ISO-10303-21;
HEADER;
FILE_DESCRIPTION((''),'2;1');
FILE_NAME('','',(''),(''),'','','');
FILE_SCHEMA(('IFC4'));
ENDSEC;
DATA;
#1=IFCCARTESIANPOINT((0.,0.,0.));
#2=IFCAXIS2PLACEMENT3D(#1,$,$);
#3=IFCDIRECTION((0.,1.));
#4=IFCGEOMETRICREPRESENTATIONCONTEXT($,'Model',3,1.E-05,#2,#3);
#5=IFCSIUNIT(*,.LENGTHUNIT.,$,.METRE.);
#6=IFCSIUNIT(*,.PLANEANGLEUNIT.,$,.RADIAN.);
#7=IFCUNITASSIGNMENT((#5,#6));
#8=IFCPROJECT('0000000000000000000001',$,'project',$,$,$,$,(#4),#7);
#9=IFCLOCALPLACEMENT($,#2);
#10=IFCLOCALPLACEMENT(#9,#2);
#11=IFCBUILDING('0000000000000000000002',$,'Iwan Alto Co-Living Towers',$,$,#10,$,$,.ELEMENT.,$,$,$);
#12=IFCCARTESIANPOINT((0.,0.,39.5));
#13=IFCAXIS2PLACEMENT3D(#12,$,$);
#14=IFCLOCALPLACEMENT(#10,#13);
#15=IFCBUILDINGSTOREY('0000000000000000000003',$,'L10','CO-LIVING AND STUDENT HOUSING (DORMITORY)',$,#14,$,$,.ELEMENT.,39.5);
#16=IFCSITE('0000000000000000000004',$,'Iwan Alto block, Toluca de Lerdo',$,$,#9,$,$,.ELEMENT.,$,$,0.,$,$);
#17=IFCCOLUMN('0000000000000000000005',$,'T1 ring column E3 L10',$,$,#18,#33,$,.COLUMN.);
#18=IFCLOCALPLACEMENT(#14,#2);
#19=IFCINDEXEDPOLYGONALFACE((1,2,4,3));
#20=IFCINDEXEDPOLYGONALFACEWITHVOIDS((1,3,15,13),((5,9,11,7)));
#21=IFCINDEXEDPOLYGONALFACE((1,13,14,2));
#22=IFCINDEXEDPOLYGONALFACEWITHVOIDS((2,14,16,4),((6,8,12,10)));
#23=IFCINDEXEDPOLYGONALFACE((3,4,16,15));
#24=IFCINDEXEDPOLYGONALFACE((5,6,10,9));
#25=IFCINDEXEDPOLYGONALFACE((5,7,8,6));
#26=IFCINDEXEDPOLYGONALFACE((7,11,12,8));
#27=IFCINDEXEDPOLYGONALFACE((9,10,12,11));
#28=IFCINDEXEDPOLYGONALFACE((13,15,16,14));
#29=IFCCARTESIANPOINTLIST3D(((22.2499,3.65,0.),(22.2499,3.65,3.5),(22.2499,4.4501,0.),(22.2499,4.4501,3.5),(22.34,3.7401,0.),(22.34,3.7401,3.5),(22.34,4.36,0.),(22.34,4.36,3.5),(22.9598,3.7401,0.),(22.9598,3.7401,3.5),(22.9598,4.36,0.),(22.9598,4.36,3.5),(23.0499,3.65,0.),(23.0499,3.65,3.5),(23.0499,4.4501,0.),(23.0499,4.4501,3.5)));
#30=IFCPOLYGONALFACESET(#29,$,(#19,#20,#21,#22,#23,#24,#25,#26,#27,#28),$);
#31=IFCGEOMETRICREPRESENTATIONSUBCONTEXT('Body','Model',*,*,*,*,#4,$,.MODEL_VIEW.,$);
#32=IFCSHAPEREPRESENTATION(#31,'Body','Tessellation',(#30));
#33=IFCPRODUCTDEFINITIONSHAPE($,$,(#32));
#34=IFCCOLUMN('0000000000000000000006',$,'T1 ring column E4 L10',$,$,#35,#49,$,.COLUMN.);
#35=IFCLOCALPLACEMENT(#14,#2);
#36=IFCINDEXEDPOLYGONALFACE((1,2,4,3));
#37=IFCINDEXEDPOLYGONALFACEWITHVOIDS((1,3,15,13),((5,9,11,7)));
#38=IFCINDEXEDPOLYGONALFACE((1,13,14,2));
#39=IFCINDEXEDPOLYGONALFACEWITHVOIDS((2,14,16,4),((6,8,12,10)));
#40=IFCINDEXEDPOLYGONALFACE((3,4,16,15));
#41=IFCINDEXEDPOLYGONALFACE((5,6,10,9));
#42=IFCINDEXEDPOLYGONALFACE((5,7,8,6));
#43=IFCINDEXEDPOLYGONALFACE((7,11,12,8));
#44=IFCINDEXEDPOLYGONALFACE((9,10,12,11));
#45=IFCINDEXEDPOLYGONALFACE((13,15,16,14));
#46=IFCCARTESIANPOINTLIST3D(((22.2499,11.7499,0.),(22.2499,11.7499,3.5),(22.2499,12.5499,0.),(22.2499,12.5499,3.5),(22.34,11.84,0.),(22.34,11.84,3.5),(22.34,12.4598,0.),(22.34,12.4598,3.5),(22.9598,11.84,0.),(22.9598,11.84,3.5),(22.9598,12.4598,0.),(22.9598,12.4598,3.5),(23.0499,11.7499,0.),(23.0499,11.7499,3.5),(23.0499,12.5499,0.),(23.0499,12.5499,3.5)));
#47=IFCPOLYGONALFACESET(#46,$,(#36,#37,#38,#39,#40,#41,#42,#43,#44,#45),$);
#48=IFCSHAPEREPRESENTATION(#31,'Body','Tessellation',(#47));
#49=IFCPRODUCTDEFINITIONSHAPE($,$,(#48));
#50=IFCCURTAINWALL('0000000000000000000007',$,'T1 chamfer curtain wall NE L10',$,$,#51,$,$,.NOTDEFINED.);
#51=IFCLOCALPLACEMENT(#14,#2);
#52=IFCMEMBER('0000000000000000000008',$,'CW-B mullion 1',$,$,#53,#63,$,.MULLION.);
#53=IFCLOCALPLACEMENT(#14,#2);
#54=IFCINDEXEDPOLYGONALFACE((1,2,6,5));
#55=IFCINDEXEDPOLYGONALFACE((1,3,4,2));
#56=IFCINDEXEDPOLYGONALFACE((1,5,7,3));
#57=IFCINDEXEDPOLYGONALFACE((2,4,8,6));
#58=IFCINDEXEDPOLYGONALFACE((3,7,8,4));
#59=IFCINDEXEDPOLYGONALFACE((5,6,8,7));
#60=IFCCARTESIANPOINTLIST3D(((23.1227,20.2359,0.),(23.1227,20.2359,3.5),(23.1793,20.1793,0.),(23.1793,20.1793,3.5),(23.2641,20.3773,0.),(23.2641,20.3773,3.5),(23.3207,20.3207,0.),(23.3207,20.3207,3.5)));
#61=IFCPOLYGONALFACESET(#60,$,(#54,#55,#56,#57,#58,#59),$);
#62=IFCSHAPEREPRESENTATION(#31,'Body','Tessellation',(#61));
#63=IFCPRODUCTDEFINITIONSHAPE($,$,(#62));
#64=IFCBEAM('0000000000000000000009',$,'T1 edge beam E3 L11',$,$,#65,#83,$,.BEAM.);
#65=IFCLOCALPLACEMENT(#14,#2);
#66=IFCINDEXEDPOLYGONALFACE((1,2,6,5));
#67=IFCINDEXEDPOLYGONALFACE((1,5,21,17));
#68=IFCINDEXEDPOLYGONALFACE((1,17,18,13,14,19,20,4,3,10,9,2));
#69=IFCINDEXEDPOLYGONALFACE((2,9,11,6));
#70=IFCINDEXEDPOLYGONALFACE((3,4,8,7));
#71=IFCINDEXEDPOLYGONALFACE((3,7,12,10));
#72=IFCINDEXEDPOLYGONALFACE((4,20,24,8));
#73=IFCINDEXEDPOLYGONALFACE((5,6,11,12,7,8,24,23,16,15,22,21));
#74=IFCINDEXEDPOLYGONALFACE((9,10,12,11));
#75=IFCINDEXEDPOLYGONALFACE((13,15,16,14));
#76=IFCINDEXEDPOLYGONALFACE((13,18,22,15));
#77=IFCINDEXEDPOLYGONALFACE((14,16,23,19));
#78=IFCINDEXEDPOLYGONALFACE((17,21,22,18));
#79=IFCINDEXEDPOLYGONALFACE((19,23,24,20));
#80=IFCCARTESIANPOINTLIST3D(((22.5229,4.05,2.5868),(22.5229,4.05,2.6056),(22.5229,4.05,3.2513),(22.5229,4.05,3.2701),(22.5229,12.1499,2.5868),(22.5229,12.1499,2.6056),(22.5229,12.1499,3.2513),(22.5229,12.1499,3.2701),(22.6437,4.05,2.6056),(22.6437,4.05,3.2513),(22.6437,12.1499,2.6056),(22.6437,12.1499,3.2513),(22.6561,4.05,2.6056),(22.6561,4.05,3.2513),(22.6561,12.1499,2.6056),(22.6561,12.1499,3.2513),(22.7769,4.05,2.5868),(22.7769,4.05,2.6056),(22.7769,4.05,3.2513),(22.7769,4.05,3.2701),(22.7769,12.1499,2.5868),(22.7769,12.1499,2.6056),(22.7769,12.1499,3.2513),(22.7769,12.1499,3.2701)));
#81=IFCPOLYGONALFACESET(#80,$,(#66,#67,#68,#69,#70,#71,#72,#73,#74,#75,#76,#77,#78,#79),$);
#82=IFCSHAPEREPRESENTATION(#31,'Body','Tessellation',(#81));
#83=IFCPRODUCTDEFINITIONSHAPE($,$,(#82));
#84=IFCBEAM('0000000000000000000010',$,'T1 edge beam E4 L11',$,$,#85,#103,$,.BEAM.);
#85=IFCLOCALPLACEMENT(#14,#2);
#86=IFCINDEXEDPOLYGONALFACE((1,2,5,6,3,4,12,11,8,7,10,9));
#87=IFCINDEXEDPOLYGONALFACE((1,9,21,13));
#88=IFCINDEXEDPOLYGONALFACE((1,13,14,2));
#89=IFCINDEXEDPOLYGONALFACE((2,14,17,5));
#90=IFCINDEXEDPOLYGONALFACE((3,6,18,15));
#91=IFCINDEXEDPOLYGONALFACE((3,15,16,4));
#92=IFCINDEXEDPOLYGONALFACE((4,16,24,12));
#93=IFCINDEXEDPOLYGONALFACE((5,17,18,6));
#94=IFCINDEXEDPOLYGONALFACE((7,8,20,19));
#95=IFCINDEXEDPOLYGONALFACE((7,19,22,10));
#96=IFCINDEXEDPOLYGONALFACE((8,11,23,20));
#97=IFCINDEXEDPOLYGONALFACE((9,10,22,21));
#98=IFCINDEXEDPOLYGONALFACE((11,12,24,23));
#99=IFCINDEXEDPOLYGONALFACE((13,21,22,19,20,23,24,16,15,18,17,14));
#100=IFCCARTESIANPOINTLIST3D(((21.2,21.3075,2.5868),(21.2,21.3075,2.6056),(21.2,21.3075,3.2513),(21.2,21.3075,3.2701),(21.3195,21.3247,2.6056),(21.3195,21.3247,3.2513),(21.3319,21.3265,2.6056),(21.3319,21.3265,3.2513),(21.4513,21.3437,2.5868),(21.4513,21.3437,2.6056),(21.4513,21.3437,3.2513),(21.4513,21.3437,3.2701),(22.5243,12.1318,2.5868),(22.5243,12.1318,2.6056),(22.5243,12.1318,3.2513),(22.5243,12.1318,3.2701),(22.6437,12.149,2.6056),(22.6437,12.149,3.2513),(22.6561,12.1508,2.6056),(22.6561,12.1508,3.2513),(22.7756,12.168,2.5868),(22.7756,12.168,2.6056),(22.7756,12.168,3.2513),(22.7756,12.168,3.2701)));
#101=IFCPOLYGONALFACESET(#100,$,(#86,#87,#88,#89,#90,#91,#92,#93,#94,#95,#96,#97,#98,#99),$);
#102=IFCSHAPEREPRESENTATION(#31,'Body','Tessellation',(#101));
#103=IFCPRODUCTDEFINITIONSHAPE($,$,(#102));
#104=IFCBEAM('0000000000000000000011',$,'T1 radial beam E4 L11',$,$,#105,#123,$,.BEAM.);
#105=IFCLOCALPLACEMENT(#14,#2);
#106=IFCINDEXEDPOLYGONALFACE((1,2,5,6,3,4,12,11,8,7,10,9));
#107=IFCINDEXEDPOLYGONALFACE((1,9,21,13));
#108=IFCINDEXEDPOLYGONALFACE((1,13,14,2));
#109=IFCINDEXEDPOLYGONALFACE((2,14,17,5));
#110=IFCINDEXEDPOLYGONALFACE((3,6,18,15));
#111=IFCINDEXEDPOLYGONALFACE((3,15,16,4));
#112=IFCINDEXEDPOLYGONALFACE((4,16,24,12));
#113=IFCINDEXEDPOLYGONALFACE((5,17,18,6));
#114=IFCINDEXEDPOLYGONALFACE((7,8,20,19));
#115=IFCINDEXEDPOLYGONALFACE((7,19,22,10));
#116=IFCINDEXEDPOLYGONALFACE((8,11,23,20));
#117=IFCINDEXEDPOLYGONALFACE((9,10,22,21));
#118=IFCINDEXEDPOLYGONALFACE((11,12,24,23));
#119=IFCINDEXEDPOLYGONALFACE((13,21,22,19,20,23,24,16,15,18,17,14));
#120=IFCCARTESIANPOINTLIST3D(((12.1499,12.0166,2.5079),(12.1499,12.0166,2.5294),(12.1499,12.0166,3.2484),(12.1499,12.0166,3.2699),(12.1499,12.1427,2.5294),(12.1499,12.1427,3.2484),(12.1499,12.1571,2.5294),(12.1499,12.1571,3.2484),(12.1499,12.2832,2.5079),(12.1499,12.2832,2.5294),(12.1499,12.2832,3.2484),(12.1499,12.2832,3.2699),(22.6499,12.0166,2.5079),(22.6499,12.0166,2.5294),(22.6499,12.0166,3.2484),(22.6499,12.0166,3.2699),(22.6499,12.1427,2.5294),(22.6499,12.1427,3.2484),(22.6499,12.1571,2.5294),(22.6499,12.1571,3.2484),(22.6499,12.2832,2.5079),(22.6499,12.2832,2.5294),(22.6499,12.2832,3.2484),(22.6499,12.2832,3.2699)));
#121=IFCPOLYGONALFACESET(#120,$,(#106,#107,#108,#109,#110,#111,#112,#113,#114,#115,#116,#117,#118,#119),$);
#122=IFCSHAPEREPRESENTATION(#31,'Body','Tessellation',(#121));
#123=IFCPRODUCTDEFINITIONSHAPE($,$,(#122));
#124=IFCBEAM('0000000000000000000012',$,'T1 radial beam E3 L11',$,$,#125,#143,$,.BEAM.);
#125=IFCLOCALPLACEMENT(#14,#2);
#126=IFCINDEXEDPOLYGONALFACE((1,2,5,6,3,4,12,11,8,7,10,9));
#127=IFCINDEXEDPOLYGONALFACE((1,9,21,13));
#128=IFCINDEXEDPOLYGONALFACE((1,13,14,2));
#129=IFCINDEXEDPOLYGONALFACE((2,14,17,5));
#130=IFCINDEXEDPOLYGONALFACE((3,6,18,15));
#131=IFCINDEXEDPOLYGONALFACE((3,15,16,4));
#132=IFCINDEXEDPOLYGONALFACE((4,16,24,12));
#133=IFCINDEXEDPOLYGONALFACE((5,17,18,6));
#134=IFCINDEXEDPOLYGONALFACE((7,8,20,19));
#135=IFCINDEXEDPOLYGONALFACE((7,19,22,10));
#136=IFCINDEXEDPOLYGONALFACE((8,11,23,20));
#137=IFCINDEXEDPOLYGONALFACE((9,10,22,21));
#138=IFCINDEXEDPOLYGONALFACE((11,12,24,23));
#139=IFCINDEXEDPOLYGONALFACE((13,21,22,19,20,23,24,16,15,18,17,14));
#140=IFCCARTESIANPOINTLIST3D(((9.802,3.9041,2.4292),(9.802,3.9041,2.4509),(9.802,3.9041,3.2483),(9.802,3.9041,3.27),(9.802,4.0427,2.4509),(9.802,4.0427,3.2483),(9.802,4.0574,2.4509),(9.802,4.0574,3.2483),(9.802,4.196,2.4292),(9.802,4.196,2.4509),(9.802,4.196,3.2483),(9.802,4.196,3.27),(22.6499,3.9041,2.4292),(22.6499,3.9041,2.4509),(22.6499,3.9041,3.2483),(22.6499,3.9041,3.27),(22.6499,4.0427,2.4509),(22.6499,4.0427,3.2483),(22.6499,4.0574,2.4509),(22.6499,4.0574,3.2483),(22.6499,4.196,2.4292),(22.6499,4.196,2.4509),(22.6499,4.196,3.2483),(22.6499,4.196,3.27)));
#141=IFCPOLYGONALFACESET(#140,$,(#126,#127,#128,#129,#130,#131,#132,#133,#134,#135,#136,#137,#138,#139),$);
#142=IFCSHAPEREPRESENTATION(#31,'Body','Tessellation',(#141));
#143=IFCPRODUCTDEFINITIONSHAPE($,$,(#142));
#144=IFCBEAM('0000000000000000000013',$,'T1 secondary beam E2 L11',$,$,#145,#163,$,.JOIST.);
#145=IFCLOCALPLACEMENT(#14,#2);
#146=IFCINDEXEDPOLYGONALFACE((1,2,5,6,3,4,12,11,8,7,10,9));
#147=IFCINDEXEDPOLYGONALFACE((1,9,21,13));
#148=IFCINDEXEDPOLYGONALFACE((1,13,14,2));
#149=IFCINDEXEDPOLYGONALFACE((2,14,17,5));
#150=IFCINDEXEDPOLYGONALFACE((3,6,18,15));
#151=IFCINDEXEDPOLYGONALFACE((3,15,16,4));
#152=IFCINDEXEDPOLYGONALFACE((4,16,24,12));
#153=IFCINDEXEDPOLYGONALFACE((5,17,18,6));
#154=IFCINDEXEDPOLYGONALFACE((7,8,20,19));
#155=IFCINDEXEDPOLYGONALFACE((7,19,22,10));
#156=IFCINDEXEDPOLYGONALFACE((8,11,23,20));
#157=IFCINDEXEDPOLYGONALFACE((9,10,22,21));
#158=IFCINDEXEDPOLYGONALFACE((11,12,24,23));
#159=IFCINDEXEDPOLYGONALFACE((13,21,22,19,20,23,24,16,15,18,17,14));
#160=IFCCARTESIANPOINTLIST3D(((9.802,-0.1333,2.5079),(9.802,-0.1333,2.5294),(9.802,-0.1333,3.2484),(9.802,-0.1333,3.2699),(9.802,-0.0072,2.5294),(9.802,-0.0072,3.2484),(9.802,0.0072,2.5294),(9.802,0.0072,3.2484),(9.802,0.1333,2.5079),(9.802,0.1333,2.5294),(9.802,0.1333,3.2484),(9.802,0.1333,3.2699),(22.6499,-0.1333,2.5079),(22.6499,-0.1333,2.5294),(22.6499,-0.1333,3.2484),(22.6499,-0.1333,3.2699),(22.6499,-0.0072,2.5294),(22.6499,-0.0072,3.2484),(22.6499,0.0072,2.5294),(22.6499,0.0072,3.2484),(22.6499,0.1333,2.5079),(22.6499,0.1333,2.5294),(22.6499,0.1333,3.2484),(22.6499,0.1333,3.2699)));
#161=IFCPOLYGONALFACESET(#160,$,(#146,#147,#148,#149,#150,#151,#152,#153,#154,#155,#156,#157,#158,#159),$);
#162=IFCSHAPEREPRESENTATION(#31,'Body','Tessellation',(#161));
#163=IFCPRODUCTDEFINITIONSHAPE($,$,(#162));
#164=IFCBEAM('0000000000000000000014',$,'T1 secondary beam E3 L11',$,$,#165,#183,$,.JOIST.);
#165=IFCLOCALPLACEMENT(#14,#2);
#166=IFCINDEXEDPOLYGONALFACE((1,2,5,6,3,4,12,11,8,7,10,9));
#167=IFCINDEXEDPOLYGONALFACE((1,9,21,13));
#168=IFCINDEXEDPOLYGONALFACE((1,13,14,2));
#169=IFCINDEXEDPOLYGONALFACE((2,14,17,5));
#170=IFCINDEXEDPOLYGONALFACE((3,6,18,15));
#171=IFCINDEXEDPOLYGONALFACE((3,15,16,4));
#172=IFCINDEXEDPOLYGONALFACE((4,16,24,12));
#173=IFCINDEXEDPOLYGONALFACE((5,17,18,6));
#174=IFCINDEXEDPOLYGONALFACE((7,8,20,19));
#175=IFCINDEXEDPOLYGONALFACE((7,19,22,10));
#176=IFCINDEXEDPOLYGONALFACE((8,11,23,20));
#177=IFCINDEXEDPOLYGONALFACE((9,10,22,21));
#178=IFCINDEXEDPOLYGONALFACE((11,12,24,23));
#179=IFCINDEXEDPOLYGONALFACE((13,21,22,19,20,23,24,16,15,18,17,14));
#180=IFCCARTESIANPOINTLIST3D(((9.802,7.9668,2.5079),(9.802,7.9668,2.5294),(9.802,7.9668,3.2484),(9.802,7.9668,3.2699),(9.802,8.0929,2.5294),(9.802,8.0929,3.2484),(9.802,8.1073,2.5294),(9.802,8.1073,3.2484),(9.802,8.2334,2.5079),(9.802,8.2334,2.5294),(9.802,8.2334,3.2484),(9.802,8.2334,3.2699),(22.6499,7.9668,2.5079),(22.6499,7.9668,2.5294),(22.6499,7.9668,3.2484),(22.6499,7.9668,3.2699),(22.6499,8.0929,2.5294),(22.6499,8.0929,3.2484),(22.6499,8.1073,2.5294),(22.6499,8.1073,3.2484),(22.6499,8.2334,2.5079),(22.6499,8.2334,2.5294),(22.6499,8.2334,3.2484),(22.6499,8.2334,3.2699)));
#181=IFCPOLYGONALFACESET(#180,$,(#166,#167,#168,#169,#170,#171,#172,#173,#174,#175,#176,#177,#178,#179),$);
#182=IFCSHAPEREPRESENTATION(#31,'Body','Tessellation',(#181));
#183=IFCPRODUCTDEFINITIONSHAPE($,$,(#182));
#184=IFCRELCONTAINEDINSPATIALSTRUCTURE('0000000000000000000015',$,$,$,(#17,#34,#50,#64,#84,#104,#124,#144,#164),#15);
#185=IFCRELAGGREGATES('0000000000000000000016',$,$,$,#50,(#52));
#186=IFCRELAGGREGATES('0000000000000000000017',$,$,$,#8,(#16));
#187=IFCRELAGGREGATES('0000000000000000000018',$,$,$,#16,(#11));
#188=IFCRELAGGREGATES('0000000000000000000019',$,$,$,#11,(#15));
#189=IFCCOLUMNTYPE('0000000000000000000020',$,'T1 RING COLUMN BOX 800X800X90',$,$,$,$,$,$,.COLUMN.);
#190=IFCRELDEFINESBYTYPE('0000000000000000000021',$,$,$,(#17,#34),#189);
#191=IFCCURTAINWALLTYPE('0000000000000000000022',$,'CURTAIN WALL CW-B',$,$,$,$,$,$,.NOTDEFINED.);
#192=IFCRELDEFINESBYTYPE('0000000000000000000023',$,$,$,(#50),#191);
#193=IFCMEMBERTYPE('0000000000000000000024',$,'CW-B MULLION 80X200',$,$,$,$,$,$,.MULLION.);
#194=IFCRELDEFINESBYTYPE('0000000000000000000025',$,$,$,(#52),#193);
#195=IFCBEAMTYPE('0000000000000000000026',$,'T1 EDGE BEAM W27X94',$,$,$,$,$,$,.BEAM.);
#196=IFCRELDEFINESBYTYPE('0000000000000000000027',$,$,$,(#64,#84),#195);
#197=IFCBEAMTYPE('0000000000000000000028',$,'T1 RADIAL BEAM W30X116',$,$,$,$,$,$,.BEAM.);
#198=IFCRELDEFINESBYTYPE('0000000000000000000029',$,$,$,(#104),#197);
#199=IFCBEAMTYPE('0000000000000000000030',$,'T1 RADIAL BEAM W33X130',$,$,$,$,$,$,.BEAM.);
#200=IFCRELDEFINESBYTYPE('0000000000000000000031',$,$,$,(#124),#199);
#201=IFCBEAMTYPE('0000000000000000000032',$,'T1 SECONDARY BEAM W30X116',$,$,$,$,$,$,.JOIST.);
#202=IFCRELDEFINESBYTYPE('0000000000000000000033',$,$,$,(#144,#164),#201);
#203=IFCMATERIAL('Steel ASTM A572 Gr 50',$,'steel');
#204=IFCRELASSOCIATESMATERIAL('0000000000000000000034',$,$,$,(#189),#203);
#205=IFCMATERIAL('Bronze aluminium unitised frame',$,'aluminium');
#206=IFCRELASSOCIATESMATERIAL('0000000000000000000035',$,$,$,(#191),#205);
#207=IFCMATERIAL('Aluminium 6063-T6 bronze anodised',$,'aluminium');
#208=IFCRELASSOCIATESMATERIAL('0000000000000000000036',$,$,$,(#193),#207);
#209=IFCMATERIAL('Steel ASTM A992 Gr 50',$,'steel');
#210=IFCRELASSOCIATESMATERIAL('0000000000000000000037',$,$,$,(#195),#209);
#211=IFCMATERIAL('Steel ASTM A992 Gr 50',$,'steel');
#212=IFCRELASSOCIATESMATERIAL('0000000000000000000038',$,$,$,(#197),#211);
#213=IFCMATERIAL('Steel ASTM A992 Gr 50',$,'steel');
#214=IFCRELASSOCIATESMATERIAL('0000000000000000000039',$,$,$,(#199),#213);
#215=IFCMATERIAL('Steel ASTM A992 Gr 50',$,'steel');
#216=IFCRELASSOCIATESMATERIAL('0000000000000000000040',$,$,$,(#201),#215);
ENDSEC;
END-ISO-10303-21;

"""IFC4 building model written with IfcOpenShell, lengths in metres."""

from ifc_helpers import new_model, si_unit, direction, frame, origin, origin_2d, place, context, subcontext, project, spatial, rectangle, hollow_rectangle, i_section, extrude, material, material_profile, profile_set, type_object, element, aggregate, save


model = new_model("IFC4")

# Units and contexts
model_context = context("Model", 3, precision=1e-05, world=origin(), true_north=direction((0.0, 1.0)))
body_context = subcontext(model_context, "Body", "Model", "MODEL_VIEW")
ifc_project = project(units=[si_unit("LENGTHUNIT", "METRE"), si_unit("PLANEANGLEUNIT", "RADIAN")], contexts=[model_context])

# Site, building, storey
site_placement = place(None, origin())
site = spatial("IfcSite", under=ifc_project, at=site_placement, Name="Iwan Alto block, Toluca de Lerdo", CompositionType="ELEMENT", RefElevation=0.0)
building_placement = place(site_placement, origin())
building = spatial("IfcBuilding", under=site, at=building_placement, Name="Iwan Alto Co-Living Towers", CompositionType="ELEMENT")
storey_placement = place(building_placement, frame((0.0, 0.0, 39.5)))
storey = spatial("IfcBuildingStorey", under=building, at=storey_placement, Name="L10", Description="CO-LIVING AND STUDENT HOUSING (DORMITORY)", CompositionType="ELEMENT", Elevation=39.5)

# Columns
ifc_material_1 = material(Name="Steel ASTM A572 Gr 50", Category="steel")
ifc_material_profile_1 = material_profile(ifc_material_1, hollow_rectangle(XDim=0.8, YDim=0.8, WallThickness=0.0901, at=origin_2d()), Name="BOX 800X800X90")
ifc_profile_set_1 = profile_set([ifc_material_profile_1], Name="Steel ASTM A572 Gr 50")
column_type = type_object("IfcColumnType", Name="T1 RING COLUMN BOX 800X800X90", PredefinedType="COLUMN", material=ifc_profile_set_1)
for number, where, z_axis, x_axis, name in (
    (1, (22.6499, 4.05, 0.0), (0.0, 0.0, 1.0), (1.0, 0.0, 0.0), "T1 ring column E3 L10"),
    (2, (22.6499, 12.1499, 0.0), (0.0, 0.0, 1.0), (1.0, 0.0, 0.0), "T1 ring column E4 L10"),
):
    element("IfcColumn", number, at=place(storey_placement, frame(where, z_axis=z_axis, x_axis=x_axis)), inside=storey, type_object=column_type, Name=name, PredefinedType="COLUMN", context=body_context, shape_type="SweptSolid", body=[
        extrude(hollow_rectangle(XDim=0.8, YDim=0.8, WallThickness=0.0901, at=origin_2d()), origin(), (0.0, 0.0, 1.0), 3.5),
    ])

# Curtain wall, member
ifc_material_2 = material(Name="Bronze aluminium unitised frame", Category="aluminium")
curtain_wall_type = type_object("IfcCurtainWallType", Name="CURTAIN WALL CW-B", PredefinedType="NOTDEFINED", material=ifc_material_2)
curtain_wall_placement = place(storey_placement, origin())
curtain_wall = element("IfcCurtainWall", 3, at=curtain_wall_placement, inside=storey, type_object=curtain_wall_type, Name="T1 chamfer curtain wall NE L10", PredefinedType="NOTDEFINED")
ifc_material_3 = material(Name="Aluminium 6063-T6 bronze anodised", Category="aluminium")
ifc_material_profile_2 = material_profile(ifc_material_3, rectangle(XDim=0.2, YDim=0.0801, at=origin_2d()), Name="AL 80X200")
ifc_profile_set_2 = profile_set([ifc_material_profile_2], Name="Aluminium 6063-T6 bronze anodised")
member_type = type_object("IfcMemberType", Name="CW-B MULLION 80X200", PredefinedType="MULLION", material=ifc_profile_set_2)
member_placement = place(storey_placement, frame((23.2217, 20.2783, 0.0), z_axis=(0.0, 0.0, 1.0), x_axis=(-0.707107, -0.707107, 0.0)))
member = element("IfcMember", 4, at=member_placement, type_object=member_type, Name="CW-B mullion 1", PredefinedType="MULLION", context=body_context, shape_type="SweptSolid", body=[
    extrude(rectangle(XDim=0.2, YDim=0.0801, at=origin_2d()), origin(), (0.0, 0.0, 1.0), 3.5),
])
aggregate(curtain_wall, [member])

# Beams
ifc_material_4 = material(Name="Steel ASTM A992 Gr 50", Category="steel")
ifc_material_profile_3 = material_profile(ifc_material_4, i_section(OverallWidth=0.2539, OverallDepth=0.6833, WebThickness=0.0125, FlangeThickness=0.0188, at=origin_2d()), Name="W27X94")
ifc_profile_set_3 = profile_set([ifc_material_profile_3], Name="Steel ASTM A992 Gr 50")
beam_type_1 = type_object("IfcBeamType", Name="T1 EDGE BEAM W27X94", PredefinedType="BEAM", material=ifc_profile_set_3)
beam_1_placement = place(storey_placement, frame((22.6499, 4.05, 2.9285), z_axis=(0.0, 1.0, 0.0), x_axis=(-1.0, 0.0, 0.0)))
element("IfcBeam", 5, at=beam_1_placement, inside=storey, type_object=beam_type_1, Name="T1 edge beam E3 L11", PredefinedType="BEAM", context=body_context, shape_type="SweptSolid", body=[
    extrude(i_section(OverallWidth=0.2539, OverallDepth=0.6833, WebThickness=0.0125, FlangeThickness=0.0188, at=origin_2d()), origin(), (0.0, 0.0, 1.0), 8.0999),
])
beam_2_placement = place(storey_placement, frame((22.6499, 12.1499, 2.9285), z_axis=(-0.142837, 0.989746, 0.0), x_axis=(-0.989746, -0.142837, 0.0)))
element("IfcBeam", 6, at=beam_2_placement, inside=storey, type_object=beam_type_1, Name="T1 edge beam E4 L11", PredefinedType="BEAM", context=body_context, shape_type="SweptSolid", body=[
    extrude(i_section(OverallWidth=0.2539, OverallDepth=0.6833, WebThickness=0.0125, FlangeThickness=0.0188, at=origin_2d()), origin(), (0.0, 0.0, 1.0), 9.2708),
])
ifc_material_5 = material(Name="Steel ASTM A992 Gr 50", Category="steel")
ifc_material_profile_4 = material_profile(ifc_material_5, i_section(OverallWidth=0.2666, OverallDepth=0.762, WebThickness=0.0144, FlangeThickness=0.0215, at=origin_2d()), Name="W30X116")
ifc_profile_set_4 = profile_set([ifc_material_profile_4], Name="Steel ASTM A992 Gr 50")
beam_type_2 = type_object("IfcBeamType", Name="T1 RADIAL BEAM W30X116", PredefinedType="BEAM", material=ifc_profile_set_4)
beam_3_placement = place(storey_placement, frame((22.6499, 12.1499, 2.8889), z_axis=(-1.0, 0.0, 0.0), x_axis=(0.0, -1.0, 0.0)))
element("IfcBeam", 7, at=beam_3_placement, inside=storey, type_object=beam_type_2, Name="T1 radial beam E4 L11", PredefinedType="BEAM", context=body_context, shape_type="SweptSolid", body=[
    extrude(i_section(OverallWidth=0.2666, OverallDepth=0.762, WebThickness=0.0144, FlangeThickness=0.0215, at=origin_2d()), origin(), (0.0, 0.0, 1.0), 10.5),
])
ifc_material_6 = material(Name="Steel ASTM A992 Gr 50", Category="steel")
ifc_material_profile_5 = material_profile(ifc_material_6, i_section(OverallWidth=0.292, OverallDepth=0.8408, WebThickness=0.0146, FlangeThickness=0.0217, at=origin_2d()), Name="W33X130")
ifc_profile_set_5 = profile_set([ifc_material_profile_5], Name="Steel ASTM A992 Gr 50")
beam_type_3 = type_object("IfcBeamType", Name="T1 RADIAL BEAM W33X130", PredefinedType="BEAM", material=ifc_profile_set_5)
beam_4_placement = place(storey_placement, frame((22.6499, 4.05, 2.8496), z_axis=(-1.0, 0.0, 0.0), x_axis=(0.0, -1.0, 0.0)))
element("IfcBeam", 8, at=beam_4_placement, inside=storey, type_object=beam_type_3, Name="T1 radial beam E3 L11", PredefinedType="BEAM", context=body_context, shape_type="SweptSolid", body=[
    extrude(i_section(OverallWidth=0.292, OverallDepth=0.8408, WebThickness=0.0146, FlangeThickness=0.0217, at=origin_2d()), origin(), (0.0, 0.0, 1.0), 12.8479),
])
ifc_material_7 = material(Name="Steel ASTM A992 Gr 50", Category="steel")
ifc_material_profile_6 = material_profile(ifc_material_7, i_section(OverallWidth=0.2666, OverallDepth=0.762, WebThickness=0.0144, FlangeThickness=0.0215, at=origin_2d()), Name="W30X116")
ifc_profile_set_6 = profile_set([ifc_material_profile_6], Name="Steel ASTM A992 Gr 50")
beam_type_4 = type_object("IfcBeamType", Name="T1 SECONDARY BEAM W30X116", PredefinedType="JOIST", material=ifc_profile_set_6)
for number, where, z_axis, x_axis, name in (
    (9, (22.6499, 0.0, 2.8889), (-1.0, 0.0, 0.0), (0.0, -1.0, 0.0), "T1 secondary beam E2 L11"),
    (10, (22.6499, 8.1001, 2.8889), (-1.0, 0.0, 0.0), (0.0, -1.0, 0.0), "T1 secondary beam E3 L11"),
):
    element("IfcBeam", number, at=place(storey_placement, frame(where, z_axis=z_axis, x_axis=x_axis)), inside=storey, type_object=beam_type_4, Name=name, PredefinedType="JOIST", context=body_context, shape_type="SweptSolid", body=[
        extrude(i_section(OverallWidth=0.2666, OverallDepth=0.762, WebThickness=0.0144, FlangeThickness=0.0215, at=origin_2d()), origin(), (0.0, 0.0, 1.0), 12.8479),
    ])

save(model, "model.ifc")
